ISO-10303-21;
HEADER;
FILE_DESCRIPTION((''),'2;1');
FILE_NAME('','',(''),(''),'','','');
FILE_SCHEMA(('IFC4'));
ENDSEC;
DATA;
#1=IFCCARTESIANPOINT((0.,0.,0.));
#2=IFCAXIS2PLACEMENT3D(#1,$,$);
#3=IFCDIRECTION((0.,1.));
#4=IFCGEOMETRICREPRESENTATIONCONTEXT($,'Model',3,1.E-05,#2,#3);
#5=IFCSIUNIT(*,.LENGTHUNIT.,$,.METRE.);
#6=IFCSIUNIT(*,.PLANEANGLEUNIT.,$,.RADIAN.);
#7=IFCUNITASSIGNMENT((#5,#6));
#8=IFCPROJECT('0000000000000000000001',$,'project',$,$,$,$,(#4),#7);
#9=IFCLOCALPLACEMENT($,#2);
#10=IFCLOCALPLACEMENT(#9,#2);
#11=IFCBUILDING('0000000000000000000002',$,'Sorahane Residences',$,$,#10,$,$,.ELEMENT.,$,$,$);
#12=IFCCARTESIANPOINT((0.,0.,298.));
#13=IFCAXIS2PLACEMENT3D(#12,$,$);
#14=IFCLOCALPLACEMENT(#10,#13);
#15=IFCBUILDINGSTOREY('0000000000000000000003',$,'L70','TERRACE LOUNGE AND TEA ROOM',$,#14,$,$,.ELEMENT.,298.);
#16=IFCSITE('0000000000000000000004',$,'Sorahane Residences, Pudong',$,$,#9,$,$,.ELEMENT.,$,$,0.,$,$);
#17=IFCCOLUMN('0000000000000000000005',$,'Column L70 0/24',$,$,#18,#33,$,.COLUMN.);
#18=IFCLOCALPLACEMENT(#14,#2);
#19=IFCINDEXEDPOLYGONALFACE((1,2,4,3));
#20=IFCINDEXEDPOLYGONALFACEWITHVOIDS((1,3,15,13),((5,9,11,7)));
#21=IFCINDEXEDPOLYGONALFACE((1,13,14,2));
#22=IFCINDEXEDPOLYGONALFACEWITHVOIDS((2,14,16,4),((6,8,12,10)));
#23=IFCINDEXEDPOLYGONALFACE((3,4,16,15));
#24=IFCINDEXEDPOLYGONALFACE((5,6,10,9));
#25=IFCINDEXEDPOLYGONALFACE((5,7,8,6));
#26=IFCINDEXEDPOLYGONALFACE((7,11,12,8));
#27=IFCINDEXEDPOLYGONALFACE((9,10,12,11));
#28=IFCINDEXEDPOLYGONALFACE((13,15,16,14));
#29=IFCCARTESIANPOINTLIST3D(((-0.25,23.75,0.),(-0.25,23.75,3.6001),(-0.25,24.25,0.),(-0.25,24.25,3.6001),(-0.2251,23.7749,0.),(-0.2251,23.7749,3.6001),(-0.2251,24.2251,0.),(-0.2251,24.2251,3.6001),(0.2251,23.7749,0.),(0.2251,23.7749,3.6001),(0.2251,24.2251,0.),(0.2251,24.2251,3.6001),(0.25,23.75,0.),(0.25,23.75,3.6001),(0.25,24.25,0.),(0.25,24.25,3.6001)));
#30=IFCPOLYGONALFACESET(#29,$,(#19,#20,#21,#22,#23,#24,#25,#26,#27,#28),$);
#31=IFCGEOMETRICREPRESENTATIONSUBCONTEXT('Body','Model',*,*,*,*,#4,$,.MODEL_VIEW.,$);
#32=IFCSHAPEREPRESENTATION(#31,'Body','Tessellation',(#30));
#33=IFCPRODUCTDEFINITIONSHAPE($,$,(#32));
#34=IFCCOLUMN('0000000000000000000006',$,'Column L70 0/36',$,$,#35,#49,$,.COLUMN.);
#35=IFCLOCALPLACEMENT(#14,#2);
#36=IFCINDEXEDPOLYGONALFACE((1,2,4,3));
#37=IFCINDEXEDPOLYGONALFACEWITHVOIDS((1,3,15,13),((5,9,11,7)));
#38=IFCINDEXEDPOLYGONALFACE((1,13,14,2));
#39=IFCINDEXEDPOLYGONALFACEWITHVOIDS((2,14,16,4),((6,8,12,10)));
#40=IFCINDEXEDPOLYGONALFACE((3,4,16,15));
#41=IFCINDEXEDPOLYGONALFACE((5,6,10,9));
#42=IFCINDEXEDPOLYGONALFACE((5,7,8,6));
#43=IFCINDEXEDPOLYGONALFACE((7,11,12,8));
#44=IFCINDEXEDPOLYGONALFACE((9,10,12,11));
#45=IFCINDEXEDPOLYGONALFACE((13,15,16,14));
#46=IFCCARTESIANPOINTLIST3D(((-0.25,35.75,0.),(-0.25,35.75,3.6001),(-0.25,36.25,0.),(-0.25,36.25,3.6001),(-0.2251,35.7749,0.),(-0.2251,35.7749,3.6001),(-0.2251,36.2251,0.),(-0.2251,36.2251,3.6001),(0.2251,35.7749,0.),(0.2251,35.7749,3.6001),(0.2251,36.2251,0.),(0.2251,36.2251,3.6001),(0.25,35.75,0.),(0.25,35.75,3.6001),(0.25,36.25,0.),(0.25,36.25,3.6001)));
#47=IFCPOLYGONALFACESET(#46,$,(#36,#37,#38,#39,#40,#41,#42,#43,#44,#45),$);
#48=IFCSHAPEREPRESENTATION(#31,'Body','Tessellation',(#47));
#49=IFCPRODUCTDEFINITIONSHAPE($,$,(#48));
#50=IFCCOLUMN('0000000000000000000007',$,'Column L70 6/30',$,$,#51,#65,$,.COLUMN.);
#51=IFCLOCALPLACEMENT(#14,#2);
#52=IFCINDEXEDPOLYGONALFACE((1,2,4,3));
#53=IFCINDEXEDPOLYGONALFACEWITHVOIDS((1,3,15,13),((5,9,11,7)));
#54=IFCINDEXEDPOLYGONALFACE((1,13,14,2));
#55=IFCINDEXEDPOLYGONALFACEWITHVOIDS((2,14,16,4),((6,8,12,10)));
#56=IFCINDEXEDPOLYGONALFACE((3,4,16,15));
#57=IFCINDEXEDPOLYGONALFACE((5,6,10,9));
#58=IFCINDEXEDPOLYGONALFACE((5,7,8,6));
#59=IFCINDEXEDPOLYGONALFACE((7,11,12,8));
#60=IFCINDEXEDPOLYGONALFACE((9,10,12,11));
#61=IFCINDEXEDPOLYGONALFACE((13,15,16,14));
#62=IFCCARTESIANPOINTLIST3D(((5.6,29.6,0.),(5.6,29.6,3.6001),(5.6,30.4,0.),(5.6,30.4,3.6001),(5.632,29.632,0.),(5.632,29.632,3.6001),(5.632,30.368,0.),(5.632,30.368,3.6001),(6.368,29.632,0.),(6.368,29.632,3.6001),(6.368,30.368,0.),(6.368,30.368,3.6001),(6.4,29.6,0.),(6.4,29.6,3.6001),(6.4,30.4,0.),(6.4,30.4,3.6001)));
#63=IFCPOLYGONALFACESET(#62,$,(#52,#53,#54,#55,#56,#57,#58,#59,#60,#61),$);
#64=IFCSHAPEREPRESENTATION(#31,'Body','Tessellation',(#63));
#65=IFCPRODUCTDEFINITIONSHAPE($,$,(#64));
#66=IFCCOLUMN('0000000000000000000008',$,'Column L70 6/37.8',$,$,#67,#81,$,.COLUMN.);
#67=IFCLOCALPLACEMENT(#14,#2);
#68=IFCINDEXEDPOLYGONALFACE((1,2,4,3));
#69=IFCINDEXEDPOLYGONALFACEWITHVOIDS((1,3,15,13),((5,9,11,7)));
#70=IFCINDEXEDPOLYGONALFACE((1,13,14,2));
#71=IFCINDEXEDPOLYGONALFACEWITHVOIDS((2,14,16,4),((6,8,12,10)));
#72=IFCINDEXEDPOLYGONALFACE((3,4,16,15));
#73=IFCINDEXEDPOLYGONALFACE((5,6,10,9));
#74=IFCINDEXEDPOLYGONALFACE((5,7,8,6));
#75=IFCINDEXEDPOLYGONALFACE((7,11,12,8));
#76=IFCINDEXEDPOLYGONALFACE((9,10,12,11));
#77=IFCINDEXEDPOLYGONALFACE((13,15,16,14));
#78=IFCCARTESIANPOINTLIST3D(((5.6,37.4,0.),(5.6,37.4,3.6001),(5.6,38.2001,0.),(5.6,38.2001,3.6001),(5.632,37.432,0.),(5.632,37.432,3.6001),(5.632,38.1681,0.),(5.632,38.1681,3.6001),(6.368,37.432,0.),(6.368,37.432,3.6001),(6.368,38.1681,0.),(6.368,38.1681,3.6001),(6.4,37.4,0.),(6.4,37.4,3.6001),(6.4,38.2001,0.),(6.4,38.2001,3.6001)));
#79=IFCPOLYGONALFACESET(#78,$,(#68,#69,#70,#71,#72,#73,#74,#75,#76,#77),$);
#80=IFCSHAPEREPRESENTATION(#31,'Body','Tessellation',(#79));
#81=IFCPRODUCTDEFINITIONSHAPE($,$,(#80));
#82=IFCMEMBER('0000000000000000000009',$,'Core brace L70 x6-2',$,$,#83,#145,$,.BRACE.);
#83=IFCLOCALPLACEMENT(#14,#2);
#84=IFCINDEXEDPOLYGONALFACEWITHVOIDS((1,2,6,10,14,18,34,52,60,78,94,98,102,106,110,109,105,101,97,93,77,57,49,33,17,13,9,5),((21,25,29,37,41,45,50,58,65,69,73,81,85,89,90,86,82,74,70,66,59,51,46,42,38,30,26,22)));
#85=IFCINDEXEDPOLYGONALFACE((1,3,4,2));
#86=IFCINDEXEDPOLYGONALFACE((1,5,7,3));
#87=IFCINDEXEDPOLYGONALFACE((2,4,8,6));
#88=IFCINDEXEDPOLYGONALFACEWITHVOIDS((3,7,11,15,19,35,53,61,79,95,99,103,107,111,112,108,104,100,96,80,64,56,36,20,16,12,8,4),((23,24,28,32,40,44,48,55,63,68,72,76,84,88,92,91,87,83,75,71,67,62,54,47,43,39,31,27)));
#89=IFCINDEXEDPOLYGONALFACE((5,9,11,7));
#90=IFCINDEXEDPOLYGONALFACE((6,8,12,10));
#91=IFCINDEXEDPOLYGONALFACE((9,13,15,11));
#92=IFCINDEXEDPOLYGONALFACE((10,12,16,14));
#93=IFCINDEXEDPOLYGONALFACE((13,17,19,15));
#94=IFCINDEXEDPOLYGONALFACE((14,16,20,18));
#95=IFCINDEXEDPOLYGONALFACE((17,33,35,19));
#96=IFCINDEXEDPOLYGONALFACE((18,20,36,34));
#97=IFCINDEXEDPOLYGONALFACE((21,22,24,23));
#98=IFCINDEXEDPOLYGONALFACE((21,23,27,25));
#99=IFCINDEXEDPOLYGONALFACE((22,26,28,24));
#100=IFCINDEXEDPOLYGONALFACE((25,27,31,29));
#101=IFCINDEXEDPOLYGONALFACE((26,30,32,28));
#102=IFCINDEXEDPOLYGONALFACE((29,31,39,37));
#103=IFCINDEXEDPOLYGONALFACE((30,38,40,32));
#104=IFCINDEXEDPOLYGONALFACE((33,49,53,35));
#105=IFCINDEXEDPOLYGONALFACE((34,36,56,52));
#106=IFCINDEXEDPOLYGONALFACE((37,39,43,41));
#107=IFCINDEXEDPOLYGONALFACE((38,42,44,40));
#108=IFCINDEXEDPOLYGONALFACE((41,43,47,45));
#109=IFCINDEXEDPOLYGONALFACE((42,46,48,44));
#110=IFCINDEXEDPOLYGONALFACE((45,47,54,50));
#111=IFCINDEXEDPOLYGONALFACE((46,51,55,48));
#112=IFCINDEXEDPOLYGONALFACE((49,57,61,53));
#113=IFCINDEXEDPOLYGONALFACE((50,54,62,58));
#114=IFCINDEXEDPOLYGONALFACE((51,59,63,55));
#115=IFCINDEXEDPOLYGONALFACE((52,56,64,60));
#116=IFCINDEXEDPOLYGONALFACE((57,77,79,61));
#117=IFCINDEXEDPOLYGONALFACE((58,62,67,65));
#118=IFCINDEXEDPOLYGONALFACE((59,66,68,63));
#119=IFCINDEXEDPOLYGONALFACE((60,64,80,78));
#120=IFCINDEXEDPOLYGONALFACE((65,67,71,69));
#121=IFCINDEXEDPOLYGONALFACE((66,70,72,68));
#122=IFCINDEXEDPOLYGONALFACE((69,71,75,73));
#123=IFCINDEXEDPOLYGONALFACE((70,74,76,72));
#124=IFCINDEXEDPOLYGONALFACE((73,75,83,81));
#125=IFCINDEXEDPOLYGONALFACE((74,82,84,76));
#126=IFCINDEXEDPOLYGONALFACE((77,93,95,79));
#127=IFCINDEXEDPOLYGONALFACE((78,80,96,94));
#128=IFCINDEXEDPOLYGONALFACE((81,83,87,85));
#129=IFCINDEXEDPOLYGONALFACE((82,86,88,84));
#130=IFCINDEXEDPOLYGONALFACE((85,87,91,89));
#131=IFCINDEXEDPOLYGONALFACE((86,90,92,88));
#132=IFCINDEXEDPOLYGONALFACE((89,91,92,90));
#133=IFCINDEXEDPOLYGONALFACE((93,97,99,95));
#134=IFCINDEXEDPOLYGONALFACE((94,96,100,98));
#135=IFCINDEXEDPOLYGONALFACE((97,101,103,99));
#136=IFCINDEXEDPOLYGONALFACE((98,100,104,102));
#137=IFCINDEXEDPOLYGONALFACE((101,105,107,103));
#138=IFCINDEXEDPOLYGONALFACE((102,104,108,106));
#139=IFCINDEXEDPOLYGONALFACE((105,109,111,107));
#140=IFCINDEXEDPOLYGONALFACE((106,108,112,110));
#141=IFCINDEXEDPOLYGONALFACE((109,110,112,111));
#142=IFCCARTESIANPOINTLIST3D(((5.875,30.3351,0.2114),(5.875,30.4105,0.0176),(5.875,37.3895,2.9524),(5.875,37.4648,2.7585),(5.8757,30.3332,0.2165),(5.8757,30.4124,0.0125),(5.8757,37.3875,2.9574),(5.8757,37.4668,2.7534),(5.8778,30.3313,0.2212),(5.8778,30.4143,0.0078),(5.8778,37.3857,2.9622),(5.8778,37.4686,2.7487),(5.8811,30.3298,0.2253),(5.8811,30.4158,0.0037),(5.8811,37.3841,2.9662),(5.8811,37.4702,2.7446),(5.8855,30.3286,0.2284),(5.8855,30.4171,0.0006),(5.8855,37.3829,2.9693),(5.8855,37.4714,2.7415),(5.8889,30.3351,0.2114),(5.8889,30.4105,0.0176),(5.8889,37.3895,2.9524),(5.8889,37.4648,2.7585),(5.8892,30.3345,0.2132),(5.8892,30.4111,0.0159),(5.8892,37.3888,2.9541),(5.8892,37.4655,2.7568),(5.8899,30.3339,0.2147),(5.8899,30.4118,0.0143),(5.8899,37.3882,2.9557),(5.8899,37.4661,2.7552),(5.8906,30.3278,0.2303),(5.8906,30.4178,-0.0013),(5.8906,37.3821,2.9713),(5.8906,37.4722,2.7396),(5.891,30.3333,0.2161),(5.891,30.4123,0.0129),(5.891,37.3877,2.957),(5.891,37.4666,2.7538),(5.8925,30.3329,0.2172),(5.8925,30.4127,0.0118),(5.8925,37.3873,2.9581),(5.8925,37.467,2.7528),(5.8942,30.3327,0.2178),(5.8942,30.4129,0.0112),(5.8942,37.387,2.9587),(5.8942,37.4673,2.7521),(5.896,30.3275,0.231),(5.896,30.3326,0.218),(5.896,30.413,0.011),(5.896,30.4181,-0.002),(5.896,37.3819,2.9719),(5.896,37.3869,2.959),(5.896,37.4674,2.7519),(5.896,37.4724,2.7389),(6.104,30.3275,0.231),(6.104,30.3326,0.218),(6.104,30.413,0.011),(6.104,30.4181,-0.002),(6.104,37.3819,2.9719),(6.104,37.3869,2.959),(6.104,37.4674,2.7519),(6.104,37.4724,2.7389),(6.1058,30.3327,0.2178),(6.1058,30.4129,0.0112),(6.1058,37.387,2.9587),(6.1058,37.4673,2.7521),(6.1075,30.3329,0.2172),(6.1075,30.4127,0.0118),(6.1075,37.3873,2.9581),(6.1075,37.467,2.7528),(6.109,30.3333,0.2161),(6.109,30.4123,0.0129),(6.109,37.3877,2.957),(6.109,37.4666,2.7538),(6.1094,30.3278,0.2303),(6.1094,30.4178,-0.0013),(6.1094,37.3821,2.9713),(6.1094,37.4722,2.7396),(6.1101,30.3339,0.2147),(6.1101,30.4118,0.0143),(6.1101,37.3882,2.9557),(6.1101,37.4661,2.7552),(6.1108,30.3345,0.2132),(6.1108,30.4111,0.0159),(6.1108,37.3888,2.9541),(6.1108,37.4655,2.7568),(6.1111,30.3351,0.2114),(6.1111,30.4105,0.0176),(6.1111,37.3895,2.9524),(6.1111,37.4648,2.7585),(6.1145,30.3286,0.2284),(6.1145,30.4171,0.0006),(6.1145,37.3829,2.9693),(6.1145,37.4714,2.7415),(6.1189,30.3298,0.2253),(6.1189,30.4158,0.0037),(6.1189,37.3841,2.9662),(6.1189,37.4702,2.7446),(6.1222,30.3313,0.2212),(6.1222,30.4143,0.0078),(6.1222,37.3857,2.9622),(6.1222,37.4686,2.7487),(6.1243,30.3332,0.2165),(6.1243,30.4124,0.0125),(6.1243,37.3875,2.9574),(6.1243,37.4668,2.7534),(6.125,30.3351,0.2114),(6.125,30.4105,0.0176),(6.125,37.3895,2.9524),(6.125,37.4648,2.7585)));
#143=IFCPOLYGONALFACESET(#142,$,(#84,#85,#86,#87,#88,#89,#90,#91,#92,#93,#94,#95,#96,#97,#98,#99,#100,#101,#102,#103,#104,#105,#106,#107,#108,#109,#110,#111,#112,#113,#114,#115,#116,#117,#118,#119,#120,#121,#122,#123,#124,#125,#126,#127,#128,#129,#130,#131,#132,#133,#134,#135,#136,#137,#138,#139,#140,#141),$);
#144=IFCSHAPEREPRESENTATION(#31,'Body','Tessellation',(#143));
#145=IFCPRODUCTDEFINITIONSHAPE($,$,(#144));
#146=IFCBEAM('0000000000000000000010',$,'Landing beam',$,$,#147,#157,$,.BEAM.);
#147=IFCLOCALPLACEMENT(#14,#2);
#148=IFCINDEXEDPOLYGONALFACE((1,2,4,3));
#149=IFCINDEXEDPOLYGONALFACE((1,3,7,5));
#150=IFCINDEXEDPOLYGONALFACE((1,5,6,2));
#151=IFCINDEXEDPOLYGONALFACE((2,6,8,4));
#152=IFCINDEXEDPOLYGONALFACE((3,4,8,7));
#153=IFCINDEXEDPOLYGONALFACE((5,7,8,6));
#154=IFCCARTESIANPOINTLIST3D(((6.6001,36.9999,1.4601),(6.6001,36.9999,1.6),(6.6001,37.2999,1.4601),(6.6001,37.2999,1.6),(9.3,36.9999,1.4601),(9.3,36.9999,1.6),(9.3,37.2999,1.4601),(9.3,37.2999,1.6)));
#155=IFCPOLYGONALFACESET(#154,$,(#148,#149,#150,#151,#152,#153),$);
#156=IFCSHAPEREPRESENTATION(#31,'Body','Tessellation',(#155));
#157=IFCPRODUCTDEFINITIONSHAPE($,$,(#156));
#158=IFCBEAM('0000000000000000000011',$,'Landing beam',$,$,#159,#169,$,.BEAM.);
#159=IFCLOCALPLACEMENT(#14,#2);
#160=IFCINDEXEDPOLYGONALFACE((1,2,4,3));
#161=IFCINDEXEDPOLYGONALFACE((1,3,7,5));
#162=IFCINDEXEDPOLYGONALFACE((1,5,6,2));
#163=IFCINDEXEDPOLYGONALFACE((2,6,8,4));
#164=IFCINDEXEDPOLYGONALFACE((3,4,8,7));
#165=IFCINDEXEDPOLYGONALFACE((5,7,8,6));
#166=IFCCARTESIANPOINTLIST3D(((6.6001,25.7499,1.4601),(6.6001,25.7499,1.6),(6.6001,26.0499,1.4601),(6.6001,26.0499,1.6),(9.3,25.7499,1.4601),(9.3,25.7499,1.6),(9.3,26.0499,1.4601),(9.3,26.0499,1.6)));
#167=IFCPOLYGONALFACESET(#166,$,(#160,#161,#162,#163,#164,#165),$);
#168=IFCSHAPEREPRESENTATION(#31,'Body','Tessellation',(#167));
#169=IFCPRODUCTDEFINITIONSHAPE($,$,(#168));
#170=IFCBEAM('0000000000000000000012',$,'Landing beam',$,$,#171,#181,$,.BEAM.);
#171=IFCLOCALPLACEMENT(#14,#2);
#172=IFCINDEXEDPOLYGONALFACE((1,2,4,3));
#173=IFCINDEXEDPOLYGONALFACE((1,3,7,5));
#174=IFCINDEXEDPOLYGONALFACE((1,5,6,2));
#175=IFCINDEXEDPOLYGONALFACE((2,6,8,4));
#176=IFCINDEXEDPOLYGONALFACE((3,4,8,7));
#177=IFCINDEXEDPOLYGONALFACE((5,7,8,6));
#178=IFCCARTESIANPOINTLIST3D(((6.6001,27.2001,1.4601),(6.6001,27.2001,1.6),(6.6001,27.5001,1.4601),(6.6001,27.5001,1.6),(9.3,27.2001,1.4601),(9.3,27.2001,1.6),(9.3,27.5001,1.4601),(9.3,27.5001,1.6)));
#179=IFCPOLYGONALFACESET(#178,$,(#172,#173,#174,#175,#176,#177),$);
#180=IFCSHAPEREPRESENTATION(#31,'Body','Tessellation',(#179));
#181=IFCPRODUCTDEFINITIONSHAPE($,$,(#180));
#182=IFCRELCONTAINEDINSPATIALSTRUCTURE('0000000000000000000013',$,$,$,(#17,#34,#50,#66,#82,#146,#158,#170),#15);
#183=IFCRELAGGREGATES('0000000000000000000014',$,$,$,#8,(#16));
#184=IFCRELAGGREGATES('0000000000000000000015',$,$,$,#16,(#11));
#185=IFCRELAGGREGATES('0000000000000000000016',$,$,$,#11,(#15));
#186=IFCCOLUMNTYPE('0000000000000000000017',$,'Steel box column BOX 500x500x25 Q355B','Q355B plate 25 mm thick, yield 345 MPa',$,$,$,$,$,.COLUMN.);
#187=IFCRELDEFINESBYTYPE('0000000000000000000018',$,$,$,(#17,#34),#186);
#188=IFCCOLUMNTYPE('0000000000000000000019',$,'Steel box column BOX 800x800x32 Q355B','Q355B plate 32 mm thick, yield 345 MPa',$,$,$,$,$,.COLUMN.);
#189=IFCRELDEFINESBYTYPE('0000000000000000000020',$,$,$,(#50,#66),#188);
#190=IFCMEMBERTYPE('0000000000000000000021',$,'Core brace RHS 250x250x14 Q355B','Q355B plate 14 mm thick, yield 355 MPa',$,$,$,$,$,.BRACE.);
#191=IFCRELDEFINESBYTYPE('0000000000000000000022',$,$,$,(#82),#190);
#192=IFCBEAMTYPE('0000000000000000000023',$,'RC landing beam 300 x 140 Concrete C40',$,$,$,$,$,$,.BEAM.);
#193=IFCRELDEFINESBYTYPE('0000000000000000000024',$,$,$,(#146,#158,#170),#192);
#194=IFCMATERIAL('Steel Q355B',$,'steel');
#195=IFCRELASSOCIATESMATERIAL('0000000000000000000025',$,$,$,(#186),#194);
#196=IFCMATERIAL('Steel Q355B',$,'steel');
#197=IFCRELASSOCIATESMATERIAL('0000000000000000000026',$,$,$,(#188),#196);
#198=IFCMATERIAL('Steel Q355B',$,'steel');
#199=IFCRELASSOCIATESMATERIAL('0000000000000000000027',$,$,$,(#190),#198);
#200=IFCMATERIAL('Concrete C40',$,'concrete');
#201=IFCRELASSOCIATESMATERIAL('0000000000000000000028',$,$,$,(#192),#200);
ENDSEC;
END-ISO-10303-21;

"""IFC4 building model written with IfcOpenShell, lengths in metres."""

from ifc_helpers import new_model, si_unit, direction, frame, origin, origin_2d, place, context, subcontext, project, spatial, rectangle, hollow_rectangle, extrude, material, material_profile, profile_set, type_object, element, save


model = new_model("IFC4")

# Units and contexts
model_context = context("Model", 3, precision=1e-05, world=origin(), true_north=direction((0.0, 1.0)))
body_context = subcontext(model_context, "Body", "Model", "MODEL_VIEW")
ifc_project = project(units=[si_unit("LENGTHUNIT", "METRE"), si_unit("PLANEANGLEUNIT", "RADIAN")], contexts=[model_context])

# Site, building, storey
site_placement = place(None, origin())
site = spatial("IfcSite", under=ifc_project, at=site_placement, Name="Sorahane Residences, Pudong", CompositionType="ELEMENT", RefElevation=0.0)
building_placement = place(site_placement, origin())
building = spatial("IfcBuilding", under=site, at=building_placement, Name="Sorahane Residences", CompositionType="ELEMENT")
storey_placement = place(building_placement, frame((0.0, 0.0, 298.0)))
storey = spatial("IfcBuildingStorey", under=building, at=storey_placement, Name="L70", Description="TERRACE LOUNGE AND TEA ROOM", CompositionType="ELEMENT", Elevation=298.0)

# Columns
ifc_material_1 = material(Name="Steel Q355B", Category="steel")
ifc_material_profile_1 = material_profile(ifc_material_1, hollow_rectangle(XDim=0.5, YDim=0.5, WallThickness=0.0249, at=origin_2d()), Name="BOX 500x500x25")
ifc_profile_set_1 = profile_set([ifc_material_profile_1], Name="Steel Q355B")
column_type_1 = type_object("IfcColumnType", Name="Steel box column BOX 500x500x25 Q355B", Description="Q355B plate 25 mm thick, yield 345 MPa", PredefinedType="COLUMN", material=ifc_profile_set_1)
for number, where, z_axis, x_axis, name in (
    (1, (0.0, 24.0, 0.0), (0.0, 0.0, 1.0), (1.0, 0.0, 0.0), "Column L70 0/24"),
    (2, (0.0, 36.0, 0.0), (0.0, 0.0, 1.0), (1.0, 0.0, 0.0), "Column L70 0/36"),
):
    element("IfcColumn", number, at=place(storey_placement, frame(where, z_axis=z_axis, x_axis=x_axis)), inside=storey, type_object=column_type_1, Name=name, PredefinedType="COLUMN", context=body_context, shape_type="SweptSolid", body=[
        extrude(hollow_rectangle(XDim=0.5, YDim=0.5, WallThickness=0.0249, at=origin_2d()), origin(), (0.0, 0.0, 1.0), 3.6001),
    ])
ifc_material_2 = material(Name="Steel Q355B", Category="steel")
ifc_material_profile_2 = material_profile(ifc_material_2, hollow_rectangle(XDim=0.8, YDim=0.8, WallThickness=0.032, at=origin_2d()), Name="BOX 800x800x32")
ifc_profile_set_2 = profile_set([ifc_material_profile_2], Name="Steel Q355B")
column_type_2 = type_object("IfcColumnType", Name="Steel box column BOX 800x800x32 Q355B", Description="Q355B plate 32 mm thick, yield 345 MPa", PredefinedType="COLUMN", material=ifc_profile_set_2)
for number, where, z_axis, x_axis, name in (
    (3, (6.0, 30.0, 0.0), (0.0, 0.0, 1.0), (1.0, 0.0, 0.0), "Column L70 6/30"),
    (4, (6.0, 37.8, 0.0), (0.0, 0.0, 1.0), (1.0, 0.0, 0.0), "Column L70 6/37.8"),
):
    element("IfcColumn", number, at=place(storey_placement, frame(where, z_axis=z_axis, x_axis=x_axis)), inside=storey, type_object=column_type_2, Name=name, PredefinedType="COLUMN", context=body_context, shape_type="SweptSolid", body=[
        extrude(hollow_rectangle(XDim=0.8, YDim=0.8, WallThickness=0.032, at=origin_2d()), origin(), (0.0, 0.0, 1.0), 3.6001),
    ])

# Member
ifc_material_3 = material(Name="Steel Q355B", Category="steel")
ifc_material_profile_3 = material_profile(ifc_material_3, hollow_rectangle(XDim=0.25, YDim=0.25, WallThickness=0.0139, InnerFilletRadius=0.0071, OuterFilletRadius=0.021, at=origin_2d()), Name="RHS 250x250x14")
ifc_profile_set_3 = profile_set([ifc_material_profile_3], Name="Steel Q355B")
member_type = type_object("IfcMemberType", Name="Core brace RHS 250x250x14 Q355B", Description="Q355B plate 14 mm thick, yield 355 MPa", PredefinedType="BRACE", material=ifc_profile_set_3)
member_placement = place(storey_placement, frame((6.0, 30.3728, 0.1145), z_axis=(0.0, 0.932113, 0.362168), x_axis=(-1.0, 0.0, 0.0)))
element("IfcMember", 5, at=member_placement, inside=storey, type_object=member_type, Name="Core brace L70 x6-2", PredefinedType="BRACE", context=body_context, shape_type="SweptSolid", body=[
    extrude(hollow_rectangle(XDim=0.25, YDim=0.25, WallThickness=0.0139, InnerFilletRadius=0.0071, OuterFilletRadius=0.021, at=origin_2d()), origin(), (0.0, 0.0, 1.0), 7.5681),
])

# Beams
ifc_material_4 = material(Name="Concrete C40", Category="concrete")
ifc_material_profile_4 = material_profile(ifc_material_4, rectangle(XDim=0.3, YDim=0.1399, at=origin_2d()), Name="300x140")
ifc_profile_set_4 = profile_set([ifc_material_profile_4], Name="Concrete C40")
beam_type_1 = type_object("IfcBeamType", Name="RC landing beam 300 x 140 Concrete C40", PredefinedType="BEAM", material=ifc_profile_set_4)
for number, where, z_axis, x_axis, name in (
    (6, (6.6001, 37.1499, 1.53), (1.0, 0.0, 0.0), (0.0, 1.0, 0.0), "Landing beam"),
    (7, (6.6001, 25.8999, 1.53), (1.0, 0.0, 0.0), (0.0, 1.0, 0.0), "Landing beam"),
    (8, (6.6001, 27.3501, 1.53), (1.0, 0.0, 0.0), (0.0, 1.0, 0.0), "Landing beam"),
):
    element("IfcBeam", number, at=place(storey_placement, frame(where, z_axis=z_axis, x_axis=x_axis)), inside=storey, type_object=beam_type_1, Name=name, PredefinedType="BEAM", context=body_context, shape_type="SweptSolid", body=[
        extrude(rectangle(XDim=0.3, YDim=0.1399, at=origin_2d()), origin(), (0.0, 0.0, 1.0), 2.7),
    ])

save(model, "model.ifc")
